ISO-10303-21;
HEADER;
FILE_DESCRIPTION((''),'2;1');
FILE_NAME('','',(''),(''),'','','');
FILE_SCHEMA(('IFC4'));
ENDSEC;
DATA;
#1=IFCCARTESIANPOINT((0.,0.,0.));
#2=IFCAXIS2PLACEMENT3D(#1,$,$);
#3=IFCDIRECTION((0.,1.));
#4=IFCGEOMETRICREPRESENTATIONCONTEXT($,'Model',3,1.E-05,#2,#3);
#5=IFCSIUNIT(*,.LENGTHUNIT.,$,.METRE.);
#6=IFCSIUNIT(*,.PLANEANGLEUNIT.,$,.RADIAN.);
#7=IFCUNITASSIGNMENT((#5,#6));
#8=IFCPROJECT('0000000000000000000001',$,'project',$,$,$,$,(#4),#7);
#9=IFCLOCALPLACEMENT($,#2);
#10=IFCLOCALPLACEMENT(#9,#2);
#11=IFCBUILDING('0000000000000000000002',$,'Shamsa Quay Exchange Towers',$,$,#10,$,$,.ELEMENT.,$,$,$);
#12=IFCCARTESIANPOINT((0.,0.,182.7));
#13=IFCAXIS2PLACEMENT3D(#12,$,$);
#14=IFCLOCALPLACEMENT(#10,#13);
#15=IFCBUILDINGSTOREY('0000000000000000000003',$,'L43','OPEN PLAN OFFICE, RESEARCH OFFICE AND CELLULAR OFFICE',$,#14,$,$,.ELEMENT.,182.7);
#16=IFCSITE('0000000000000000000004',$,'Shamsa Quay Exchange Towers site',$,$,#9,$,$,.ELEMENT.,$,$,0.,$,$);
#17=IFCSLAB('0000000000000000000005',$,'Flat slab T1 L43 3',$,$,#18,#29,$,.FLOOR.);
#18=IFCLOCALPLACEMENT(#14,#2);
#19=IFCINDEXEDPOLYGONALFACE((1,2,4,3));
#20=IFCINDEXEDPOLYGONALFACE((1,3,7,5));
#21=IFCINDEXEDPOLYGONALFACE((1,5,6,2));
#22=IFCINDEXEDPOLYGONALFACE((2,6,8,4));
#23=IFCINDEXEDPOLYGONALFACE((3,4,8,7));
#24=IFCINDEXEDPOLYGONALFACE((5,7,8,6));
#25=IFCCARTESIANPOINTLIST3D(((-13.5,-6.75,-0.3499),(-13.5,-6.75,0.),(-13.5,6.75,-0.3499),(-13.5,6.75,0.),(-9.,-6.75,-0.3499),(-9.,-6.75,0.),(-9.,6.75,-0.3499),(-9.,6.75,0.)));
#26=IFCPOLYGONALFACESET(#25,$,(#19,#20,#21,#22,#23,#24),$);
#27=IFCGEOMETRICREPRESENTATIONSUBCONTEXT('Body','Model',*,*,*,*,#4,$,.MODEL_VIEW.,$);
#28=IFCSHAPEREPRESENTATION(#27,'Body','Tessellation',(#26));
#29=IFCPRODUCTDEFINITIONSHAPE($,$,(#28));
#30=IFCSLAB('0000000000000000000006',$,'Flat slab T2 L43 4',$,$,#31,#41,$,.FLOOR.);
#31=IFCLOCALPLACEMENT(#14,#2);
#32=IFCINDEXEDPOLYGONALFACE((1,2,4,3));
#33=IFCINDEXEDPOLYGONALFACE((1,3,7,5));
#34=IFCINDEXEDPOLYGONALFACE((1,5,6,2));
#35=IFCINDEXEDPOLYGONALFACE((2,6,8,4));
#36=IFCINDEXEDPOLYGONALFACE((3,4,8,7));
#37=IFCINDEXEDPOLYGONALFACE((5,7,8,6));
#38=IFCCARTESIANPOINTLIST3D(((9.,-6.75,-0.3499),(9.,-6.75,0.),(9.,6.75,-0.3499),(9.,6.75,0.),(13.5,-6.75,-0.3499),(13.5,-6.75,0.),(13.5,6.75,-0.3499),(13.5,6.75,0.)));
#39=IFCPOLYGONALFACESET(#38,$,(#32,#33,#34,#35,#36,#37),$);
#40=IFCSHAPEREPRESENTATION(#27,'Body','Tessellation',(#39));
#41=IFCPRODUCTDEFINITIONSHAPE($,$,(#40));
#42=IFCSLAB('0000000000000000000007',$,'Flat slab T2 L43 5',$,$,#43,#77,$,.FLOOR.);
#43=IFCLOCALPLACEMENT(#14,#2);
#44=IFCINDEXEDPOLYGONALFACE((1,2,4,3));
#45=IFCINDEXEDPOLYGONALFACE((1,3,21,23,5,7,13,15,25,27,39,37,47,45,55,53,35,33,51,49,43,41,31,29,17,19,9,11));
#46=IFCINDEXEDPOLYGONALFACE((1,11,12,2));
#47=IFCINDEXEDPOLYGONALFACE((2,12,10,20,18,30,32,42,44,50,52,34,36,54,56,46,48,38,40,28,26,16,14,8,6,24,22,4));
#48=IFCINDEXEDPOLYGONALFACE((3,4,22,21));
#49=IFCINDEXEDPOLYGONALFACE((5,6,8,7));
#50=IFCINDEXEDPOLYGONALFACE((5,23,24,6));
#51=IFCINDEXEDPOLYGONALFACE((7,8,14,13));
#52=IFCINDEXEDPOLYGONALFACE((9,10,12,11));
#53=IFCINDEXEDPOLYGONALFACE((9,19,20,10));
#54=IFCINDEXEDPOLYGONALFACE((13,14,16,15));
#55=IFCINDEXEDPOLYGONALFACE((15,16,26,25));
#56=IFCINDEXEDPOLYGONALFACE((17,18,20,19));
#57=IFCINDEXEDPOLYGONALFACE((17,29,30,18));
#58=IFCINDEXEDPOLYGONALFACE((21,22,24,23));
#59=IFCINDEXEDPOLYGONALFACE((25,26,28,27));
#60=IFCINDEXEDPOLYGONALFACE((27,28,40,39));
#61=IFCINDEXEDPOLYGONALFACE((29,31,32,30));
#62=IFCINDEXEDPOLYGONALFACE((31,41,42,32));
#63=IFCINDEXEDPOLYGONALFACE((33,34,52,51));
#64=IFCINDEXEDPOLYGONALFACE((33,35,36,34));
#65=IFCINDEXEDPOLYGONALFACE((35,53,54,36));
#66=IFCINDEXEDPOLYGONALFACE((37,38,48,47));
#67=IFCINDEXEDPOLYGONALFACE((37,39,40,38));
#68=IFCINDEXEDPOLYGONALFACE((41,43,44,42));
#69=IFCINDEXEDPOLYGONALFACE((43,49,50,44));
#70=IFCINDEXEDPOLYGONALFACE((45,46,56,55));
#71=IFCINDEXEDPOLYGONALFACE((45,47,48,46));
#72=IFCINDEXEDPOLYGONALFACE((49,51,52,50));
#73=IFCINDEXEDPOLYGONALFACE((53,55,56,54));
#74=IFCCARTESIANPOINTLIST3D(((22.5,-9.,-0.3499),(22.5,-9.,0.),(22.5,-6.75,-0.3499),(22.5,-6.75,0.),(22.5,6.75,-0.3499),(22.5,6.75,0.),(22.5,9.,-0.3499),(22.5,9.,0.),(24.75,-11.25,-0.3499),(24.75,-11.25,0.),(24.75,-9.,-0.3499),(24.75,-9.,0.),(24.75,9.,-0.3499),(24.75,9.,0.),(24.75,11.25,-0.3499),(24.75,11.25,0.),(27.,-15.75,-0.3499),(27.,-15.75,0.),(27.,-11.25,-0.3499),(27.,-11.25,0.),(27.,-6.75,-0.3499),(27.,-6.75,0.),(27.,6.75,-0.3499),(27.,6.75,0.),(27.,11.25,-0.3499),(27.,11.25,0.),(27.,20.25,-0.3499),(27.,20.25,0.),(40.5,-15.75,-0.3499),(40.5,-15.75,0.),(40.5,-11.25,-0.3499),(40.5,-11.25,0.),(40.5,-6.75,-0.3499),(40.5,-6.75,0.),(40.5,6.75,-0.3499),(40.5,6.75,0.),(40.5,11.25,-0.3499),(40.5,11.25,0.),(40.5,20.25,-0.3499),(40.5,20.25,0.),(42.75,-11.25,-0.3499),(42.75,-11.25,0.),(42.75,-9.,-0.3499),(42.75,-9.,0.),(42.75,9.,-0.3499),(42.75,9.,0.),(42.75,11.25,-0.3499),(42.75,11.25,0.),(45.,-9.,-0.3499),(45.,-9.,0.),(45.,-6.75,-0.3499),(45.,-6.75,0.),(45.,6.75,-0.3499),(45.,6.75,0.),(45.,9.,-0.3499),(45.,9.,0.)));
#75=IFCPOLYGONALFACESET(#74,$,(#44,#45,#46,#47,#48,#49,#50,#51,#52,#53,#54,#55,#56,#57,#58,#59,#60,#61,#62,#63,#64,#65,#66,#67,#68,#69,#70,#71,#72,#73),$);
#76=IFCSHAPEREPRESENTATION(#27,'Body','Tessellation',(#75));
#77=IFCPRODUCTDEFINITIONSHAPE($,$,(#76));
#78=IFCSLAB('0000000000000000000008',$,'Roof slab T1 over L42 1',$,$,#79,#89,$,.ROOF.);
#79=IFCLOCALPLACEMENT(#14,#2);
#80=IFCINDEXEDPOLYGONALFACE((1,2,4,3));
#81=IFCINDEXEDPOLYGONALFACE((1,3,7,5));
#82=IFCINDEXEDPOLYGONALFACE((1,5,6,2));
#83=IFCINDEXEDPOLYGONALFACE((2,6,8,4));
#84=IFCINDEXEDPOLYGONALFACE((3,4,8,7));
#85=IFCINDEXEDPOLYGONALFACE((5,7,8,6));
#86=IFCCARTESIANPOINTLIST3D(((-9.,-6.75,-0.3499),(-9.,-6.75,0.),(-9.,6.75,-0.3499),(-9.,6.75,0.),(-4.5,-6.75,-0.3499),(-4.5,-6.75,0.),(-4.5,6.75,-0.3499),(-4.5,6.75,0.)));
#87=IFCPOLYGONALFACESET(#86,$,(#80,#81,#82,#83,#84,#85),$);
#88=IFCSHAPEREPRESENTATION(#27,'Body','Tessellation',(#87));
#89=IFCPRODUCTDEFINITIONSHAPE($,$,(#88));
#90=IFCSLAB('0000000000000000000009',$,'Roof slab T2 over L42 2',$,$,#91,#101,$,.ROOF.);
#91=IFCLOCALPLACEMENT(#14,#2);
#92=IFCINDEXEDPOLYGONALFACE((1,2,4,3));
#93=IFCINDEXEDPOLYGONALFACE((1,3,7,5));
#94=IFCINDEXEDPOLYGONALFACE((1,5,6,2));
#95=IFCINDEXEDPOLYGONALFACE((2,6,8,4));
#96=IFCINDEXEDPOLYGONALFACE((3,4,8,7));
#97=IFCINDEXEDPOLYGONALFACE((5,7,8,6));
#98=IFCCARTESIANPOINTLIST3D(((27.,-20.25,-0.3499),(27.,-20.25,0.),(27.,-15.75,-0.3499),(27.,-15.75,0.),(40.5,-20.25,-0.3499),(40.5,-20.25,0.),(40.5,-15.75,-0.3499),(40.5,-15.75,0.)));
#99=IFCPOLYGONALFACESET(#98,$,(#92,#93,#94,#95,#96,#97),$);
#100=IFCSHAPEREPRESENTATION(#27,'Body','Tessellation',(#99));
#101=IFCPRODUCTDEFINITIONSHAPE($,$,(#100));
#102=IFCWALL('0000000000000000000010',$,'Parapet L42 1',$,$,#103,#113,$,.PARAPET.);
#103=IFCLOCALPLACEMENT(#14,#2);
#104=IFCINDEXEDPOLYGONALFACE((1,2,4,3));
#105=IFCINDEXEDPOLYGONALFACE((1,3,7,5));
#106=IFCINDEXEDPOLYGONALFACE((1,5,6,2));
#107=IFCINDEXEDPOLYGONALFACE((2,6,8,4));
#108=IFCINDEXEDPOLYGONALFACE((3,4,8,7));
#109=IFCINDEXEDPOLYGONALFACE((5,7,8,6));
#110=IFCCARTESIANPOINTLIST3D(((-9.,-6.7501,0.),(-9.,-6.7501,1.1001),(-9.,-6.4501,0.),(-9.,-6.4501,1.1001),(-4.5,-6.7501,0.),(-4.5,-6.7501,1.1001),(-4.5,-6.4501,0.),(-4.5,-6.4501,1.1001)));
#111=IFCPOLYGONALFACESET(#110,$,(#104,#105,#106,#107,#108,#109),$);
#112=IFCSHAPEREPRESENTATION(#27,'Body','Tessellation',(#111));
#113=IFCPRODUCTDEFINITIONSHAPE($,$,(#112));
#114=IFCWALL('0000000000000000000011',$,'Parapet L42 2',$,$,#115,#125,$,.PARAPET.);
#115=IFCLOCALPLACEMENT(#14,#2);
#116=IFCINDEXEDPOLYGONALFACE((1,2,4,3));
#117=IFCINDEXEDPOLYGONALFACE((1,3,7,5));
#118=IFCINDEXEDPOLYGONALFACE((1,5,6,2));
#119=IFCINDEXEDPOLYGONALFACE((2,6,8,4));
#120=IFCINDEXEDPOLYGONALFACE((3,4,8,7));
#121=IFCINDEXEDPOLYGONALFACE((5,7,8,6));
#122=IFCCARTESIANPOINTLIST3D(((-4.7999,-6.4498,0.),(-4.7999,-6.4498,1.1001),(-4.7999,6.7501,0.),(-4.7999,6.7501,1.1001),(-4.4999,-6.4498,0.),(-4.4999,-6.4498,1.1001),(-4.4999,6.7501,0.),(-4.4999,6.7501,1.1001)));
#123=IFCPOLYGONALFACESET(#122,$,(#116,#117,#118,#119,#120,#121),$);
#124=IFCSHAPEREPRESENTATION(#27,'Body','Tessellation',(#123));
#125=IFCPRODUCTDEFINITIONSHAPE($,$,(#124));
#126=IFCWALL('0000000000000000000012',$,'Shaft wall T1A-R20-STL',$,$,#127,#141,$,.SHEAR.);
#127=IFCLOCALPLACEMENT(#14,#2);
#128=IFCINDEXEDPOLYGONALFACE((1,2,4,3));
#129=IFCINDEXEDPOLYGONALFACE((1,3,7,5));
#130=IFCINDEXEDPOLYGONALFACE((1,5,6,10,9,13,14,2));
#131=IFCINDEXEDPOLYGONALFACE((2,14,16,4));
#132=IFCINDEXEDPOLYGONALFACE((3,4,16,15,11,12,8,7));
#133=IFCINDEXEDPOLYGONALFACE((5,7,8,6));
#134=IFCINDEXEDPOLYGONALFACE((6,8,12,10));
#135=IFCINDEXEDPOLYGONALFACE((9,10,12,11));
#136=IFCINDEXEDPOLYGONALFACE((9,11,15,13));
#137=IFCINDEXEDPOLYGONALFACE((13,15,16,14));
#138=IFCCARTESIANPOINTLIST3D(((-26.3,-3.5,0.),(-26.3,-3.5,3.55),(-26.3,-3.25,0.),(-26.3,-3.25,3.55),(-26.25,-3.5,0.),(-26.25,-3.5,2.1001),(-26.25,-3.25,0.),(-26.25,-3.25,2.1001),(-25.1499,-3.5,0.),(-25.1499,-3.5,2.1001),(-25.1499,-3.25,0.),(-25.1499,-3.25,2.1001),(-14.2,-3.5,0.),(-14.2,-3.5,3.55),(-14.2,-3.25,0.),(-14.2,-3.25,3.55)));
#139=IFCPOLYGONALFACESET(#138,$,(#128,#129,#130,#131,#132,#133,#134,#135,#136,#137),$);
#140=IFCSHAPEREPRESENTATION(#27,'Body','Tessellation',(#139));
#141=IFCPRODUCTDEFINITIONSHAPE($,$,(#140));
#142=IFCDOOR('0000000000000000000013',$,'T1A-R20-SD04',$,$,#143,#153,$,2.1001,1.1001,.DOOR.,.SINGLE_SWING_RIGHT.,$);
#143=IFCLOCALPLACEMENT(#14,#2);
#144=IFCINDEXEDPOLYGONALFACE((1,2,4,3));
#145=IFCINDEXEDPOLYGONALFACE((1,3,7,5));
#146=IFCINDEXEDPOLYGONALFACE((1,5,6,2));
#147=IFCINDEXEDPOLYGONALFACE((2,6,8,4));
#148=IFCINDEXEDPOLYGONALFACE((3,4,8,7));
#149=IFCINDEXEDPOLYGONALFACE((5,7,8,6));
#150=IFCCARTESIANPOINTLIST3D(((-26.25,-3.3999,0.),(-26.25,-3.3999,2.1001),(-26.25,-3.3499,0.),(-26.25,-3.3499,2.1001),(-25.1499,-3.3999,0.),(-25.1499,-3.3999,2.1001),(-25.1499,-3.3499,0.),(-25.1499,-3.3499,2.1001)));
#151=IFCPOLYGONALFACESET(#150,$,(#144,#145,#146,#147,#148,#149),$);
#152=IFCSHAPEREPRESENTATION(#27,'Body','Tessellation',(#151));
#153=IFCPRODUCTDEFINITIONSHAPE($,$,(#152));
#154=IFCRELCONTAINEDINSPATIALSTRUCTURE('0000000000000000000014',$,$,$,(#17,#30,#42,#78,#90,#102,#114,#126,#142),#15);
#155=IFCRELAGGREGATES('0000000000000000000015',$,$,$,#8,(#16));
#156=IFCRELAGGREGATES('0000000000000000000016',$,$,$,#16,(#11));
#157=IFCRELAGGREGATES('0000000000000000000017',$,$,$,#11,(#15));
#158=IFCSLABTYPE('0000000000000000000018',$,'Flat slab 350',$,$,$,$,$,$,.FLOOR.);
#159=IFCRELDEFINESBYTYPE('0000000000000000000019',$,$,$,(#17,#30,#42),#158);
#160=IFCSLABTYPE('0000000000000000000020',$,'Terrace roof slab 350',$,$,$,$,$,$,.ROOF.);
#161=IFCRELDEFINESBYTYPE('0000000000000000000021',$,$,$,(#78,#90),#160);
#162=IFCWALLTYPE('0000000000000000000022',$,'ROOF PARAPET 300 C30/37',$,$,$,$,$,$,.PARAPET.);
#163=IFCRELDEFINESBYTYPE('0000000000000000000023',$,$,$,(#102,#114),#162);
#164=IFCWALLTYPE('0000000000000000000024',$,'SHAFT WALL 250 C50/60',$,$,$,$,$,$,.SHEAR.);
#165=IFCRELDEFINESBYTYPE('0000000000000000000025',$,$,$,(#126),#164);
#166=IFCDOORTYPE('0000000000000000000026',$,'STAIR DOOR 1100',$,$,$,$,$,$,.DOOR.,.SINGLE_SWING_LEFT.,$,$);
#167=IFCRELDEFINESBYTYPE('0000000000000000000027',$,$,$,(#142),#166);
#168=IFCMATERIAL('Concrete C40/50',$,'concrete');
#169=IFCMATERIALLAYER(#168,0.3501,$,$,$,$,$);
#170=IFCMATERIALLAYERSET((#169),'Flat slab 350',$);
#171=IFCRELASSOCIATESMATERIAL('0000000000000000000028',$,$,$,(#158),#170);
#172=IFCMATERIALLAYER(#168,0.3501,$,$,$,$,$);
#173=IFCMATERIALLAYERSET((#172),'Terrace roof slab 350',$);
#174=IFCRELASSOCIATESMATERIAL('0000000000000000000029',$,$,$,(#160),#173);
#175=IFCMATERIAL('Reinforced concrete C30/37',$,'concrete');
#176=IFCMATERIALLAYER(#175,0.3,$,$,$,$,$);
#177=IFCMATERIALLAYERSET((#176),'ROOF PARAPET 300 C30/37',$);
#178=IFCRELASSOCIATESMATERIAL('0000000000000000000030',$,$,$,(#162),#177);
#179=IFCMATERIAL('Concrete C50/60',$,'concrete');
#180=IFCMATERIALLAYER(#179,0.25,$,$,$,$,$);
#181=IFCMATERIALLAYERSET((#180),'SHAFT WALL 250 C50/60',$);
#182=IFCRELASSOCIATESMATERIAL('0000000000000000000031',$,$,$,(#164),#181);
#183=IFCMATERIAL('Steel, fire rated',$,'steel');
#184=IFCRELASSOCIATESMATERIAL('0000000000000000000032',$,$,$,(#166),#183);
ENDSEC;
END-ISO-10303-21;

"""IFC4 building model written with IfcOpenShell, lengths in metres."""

from ifc_helpers import new_model, si_unit, direction, frame, frame_2d, origin, place, context, subcontext, project, spatial, polyline, rectangle, outline, extrude, material, layer, layer_set, type_object, element, fill, save


model = new_model("IFC4")

# Units and contexts
model_context = context("Model", 3, precision=1e-05, world=origin(), true_north=direction((0.0, 1.0)))
body_context = subcontext(model_context, "Body", "Model", "MODEL_VIEW")
ifc_project = project(units=[si_unit("LENGTHUNIT", "METRE"), si_unit("PLANEANGLEUNIT", "RADIAN")], contexts=[model_context])

# Site, building, storey
site_placement = place(None, origin())
site = spatial("IfcSite", under=ifc_project, at=site_placement, Name="Shamsa Quay Exchange Towers site", CompositionType="ELEMENT", RefElevation=0.0)
building_placement = place(site_placement, origin())
building = spatial("IfcBuilding", under=site, at=building_placement, Name="Shamsa Quay Exchange Towers", CompositionType="ELEMENT")
storey_placement = place(building_placement, frame((0.0, 0.0, 182.7)))
storey = spatial("IfcBuildingStorey", under=building, at=storey_placement, Name="L43", Description="OPEN PLAN OFFICE, RESEARCH OFFICE AND CELLULAR OFFICE", CompositionType="ELEMENT", Elevation=182.7)

# Slabs
ifc_material_1 = material(Name="Concrete C40/50", Category="concrete")
ifc_layer_1 = layer(ifc_material_1, 0.3501)
ifc_layer_set_1 = layer_set([ifc_layer_1], Name="Flat slab 350")
slab_type_1 = type_object("IfcSlabType", Name="Flat slab 350", PredefinedType="FLOOR", material=ifc_layer_set_1)
slab_1_placement = place(storey_placement, frame((0.0, 0.0, -0.3499)))
element("IfcSlab", 1, at=slab_1_placement, inside=storey, type_object=slab_type_1, Name="Flat slab T1 L43 3", PredefinedType="FLOOR", context=body_context, shape_type="SweptSolid", body=[
    extrude(outline(polyline([(-9.0, 6.75), (-13.5, 6.75), (-13.5, -6.75), (-9.0, -6.75), (-9.0, 6.75)])), origin(), (0.0, 0.0, 1.0), 0.3499),
])
slab_2_placement = place(storey_placement, frame((0.0, 0.0, -0.3499)))
element("IfcSlab", 2, at=slab_2_placement, inside=storey, type_object=slab_type_1, Name="Flat slab T2 L43 4", PredefinedType="FLOOR", context=body_context, shape_type="SweptSolid", body=[
    extrude(outline(polyline([(9.0, -6.75), (13.5, -6.75), (13.5, 6.75), (9.0, 6.75), (9.0, -6.75)])), origin(), (0.0, 0.0, 1.0), 0.3499),
])
slab_3_placement = place(storey_placement, frame((0.0, 0.0, -0.3499)))
element("IfcSlab", 3, at=slab_3_placement, inside=storey, type_object=slab_type_1, Name="Flat slab T2 L43 5", PredefinedType="FLOOR", context=body_context, shape_type="SweptSolid", body=[
    extrude(outline(polyline([(45.0, -9.0), (45.0, -6.75), (40.5, -6.75), (40.5, 6.75), (45.0, 6.75), (45.0, 9.0), (42.75, 9.0), (42.75, 11.25), (40.5, 11.25), (40.5, 20.25), (27.0, 20.25), (27.0, 11.25), (24.75, 11.25), (24.75, 9.0), (22.5, 9.0), (22.5, 6.75), (27.0, 6.75), (27.0, -6.75), (22.5, -6.75), (22.5, -9.0), (24.75, -9.0), (24.75, -11.25), (27.0, -11.25), (27.0, -15.75), (40.5, -15.75), (40.5, -11.25), (42.75, -11.25), (42.75, -9.0), (45.0, -9.0)])), origin(), (0.0, 0.0, 1.0), 0.3499),
])
ifc_layer_2 = layer(ifc_material_1, 0.3501)
ifc_layer_set_2 = layer_set([ifc_layer_2], Name="Terrace roof slab 350")
slab_type_2 = type_object("IfcSlabType", Name="Terrace roof slab 350", PredefinedType="ROOF", material=ifc_layer_set_2)
slab_4_placement = place(storey_placement, frame((0.0, 0.0, -0.3499)))
element("IfcSlab", 4, at=slab_4_placement, inside=storey, type_object=slab_type_2, Name="Roof slab T1 over L42 1", PredefinedType="ROOF", context=body_context, shape_type="SweptSolid", body=[
    extrude(outline(polyline([(-4.5, 6.75), (-9.0, 6.75), (-9.0, -6.75), (-4.5, -6.75), (-4.5, 6.75)])), origin(), (0.0, 0.0, 1.0), 0.3499),
])
slab_5_placement = place(storey_placement, frame((0.0, 0.0, -0.3499)))
element("IfcSlab", 5, at=slab_5_placement, inside=storey, type_object=slab_type_2, Name="Roof slab T2 over L42 2", PredefinedType="ROOF", context=body_context, shape_type="SweptSolid", body=[
    extrude(outline(polyline([(40.5, -20.25), (40.5, -15.75), (27.0, -15.75), (27.0, -20.25), (40.5, -20.25)])), origin(), (0.0, 0.0, 1.0), 0.3499),
])

# Walls
ifc_material_2 = material(Name="Reinforced concrete C30/37", Category="concrete")
ifc_layer_3 = layer(ifc_material_2, 0.3)
ifc_layer_set_3 = layer_set([ifc_layer_3], Name="ROOF PARAPET 300 C30/37")
wall_type_1 = type_object("IfcWallType", Name="ROOF PARAPET 300 C30/37", PredefinedType="PARAPET", material=ifc_layer_set_3)
wall_1_placement = place(storey_placement, frame((-9.0, -6.6001, 0.0)))
element("IfcWall", 6, at=wall_1_placement, inside=storey, type_object=wall_type_1, Name="Parapet L42 1", PredefinedType="PARAPET", context=body_context, shape_type="SweptSolid", body=[
    extrude(rectangle(XDim=4.5, YDim=0.3, at=frame_2d((2.25, 0.0))), origin(), (0.0, 0.0, 1.0), 1.1001),
])
wall_2_placement = place(storey_placement, frame((-4.6499, -6.45, 0.0), z_axis=(0.0, 0.0, 1.0), x_axis=(0.0, 1.0, 0.0)))
element("IfcWall", 7, at=wall_2_placement, inside=storey, type_object=wall_type_1, Name="Parapet L42 2", PredefinedType="PARAPET", context=body_context, shape_type="SweptSolid", body=[
    extrude(rectangle(XDim=13.2, YDim=0.3, at=frame_2d((6.6001, 0.0))), origin(), (0.0, 0.0, 1.0), 1.1001),
])

# Wall, opening, door
ifc_material_3 = material(Name="Concrete C50/60", Category="concrete")
ifc_layer_4 = layer(ifc_material_3, 0.25)
ifc_layer_set_4 = layer_set([ifc_layer_4], Name="SHAFT WALL 250 C50/60")
wall_type_2 = type_object("IfcWallType", Name="SHAFT WALL 250 C50/60", PredefinedType="SHEAR", material=ifc_layer_set_4)
wall_3_placement = place(storey_placement, frame((-14.2, -3.375, 0.0), z_axis=(0.0, 0.0, 1.0), x_axis=(-1.0, 0.0, 0.0)))
wall_3 = element("IfcWall", 8, at=wall_3_placement, inside=storey, type_object=wall_type_2, Name="Shaft wall T1A-R20-STL", PredefinedType="SHEAR", context=body_context, shape_type="SweptSolid", body=[
    extrude(rectangle(XDim=12.1001, YDim=0.25, at=frame_2d((6.05, 0.0))), origin(), (0.0, 0.0, 1.0), 3.55),
])
opening_1_placement = place(wall_3_placement, frame((10.95, 0.0, 0.0)))
opening_1 = element("IfcOpeningElement", 9, at=opening_1_placement, cuts=wall_3, PredefinedType="OPENING", context=body_context, shape_type="SweptSolid", body=[
    extrude(rectangle(XDim=1.1001, YDim=2.1001, at=frame_2d((0.55, 1.05))), frame((0.0, 0.135, 0.0), z_axis=(0.0, -1.0, 0.0), x_axis=(1.0, 0.0, 0.0)), (0.0, 0.0, 1.0), 0.27),
])
ifc_material_4 = material(Name="Steel, fire rated", Category="steel")
door_type_1 = type_object("IfcDoorType", Name="STAIR DOOR 1100", OperationType="SINGLE_SWING_LEFT", PredefinedType="DOOR", material=ifc_material_4)
door_1_placement = place(opening_1_placement, origin())
door_1 = element("IfcDoor", 10, at=door_1_placement, inside=storey, type_object=door_type_1, Name="T1A-R20-SD04", OperationType="SINGLE_SWING_RIGHT", OverallHeight=2.1001, OverallWidth=1.1001, PredefinedType="DOOR", context=body_context, shape_type="SweptSolid", body=[
    extrude(rectangle(XDim=1.1001, YDim=2.1001, at=frame_2d((0.55, 1.05))), frame((0.0, 0.0249, 0.0), z_axis=(0.0, -1.0, 0.0), x_axis=(1.0, 0.0, 0.0)), (0.0, 0.0, 1.0), 0.05),
])
fill(opening_1, door_1)

save(model, "model.ifc")
